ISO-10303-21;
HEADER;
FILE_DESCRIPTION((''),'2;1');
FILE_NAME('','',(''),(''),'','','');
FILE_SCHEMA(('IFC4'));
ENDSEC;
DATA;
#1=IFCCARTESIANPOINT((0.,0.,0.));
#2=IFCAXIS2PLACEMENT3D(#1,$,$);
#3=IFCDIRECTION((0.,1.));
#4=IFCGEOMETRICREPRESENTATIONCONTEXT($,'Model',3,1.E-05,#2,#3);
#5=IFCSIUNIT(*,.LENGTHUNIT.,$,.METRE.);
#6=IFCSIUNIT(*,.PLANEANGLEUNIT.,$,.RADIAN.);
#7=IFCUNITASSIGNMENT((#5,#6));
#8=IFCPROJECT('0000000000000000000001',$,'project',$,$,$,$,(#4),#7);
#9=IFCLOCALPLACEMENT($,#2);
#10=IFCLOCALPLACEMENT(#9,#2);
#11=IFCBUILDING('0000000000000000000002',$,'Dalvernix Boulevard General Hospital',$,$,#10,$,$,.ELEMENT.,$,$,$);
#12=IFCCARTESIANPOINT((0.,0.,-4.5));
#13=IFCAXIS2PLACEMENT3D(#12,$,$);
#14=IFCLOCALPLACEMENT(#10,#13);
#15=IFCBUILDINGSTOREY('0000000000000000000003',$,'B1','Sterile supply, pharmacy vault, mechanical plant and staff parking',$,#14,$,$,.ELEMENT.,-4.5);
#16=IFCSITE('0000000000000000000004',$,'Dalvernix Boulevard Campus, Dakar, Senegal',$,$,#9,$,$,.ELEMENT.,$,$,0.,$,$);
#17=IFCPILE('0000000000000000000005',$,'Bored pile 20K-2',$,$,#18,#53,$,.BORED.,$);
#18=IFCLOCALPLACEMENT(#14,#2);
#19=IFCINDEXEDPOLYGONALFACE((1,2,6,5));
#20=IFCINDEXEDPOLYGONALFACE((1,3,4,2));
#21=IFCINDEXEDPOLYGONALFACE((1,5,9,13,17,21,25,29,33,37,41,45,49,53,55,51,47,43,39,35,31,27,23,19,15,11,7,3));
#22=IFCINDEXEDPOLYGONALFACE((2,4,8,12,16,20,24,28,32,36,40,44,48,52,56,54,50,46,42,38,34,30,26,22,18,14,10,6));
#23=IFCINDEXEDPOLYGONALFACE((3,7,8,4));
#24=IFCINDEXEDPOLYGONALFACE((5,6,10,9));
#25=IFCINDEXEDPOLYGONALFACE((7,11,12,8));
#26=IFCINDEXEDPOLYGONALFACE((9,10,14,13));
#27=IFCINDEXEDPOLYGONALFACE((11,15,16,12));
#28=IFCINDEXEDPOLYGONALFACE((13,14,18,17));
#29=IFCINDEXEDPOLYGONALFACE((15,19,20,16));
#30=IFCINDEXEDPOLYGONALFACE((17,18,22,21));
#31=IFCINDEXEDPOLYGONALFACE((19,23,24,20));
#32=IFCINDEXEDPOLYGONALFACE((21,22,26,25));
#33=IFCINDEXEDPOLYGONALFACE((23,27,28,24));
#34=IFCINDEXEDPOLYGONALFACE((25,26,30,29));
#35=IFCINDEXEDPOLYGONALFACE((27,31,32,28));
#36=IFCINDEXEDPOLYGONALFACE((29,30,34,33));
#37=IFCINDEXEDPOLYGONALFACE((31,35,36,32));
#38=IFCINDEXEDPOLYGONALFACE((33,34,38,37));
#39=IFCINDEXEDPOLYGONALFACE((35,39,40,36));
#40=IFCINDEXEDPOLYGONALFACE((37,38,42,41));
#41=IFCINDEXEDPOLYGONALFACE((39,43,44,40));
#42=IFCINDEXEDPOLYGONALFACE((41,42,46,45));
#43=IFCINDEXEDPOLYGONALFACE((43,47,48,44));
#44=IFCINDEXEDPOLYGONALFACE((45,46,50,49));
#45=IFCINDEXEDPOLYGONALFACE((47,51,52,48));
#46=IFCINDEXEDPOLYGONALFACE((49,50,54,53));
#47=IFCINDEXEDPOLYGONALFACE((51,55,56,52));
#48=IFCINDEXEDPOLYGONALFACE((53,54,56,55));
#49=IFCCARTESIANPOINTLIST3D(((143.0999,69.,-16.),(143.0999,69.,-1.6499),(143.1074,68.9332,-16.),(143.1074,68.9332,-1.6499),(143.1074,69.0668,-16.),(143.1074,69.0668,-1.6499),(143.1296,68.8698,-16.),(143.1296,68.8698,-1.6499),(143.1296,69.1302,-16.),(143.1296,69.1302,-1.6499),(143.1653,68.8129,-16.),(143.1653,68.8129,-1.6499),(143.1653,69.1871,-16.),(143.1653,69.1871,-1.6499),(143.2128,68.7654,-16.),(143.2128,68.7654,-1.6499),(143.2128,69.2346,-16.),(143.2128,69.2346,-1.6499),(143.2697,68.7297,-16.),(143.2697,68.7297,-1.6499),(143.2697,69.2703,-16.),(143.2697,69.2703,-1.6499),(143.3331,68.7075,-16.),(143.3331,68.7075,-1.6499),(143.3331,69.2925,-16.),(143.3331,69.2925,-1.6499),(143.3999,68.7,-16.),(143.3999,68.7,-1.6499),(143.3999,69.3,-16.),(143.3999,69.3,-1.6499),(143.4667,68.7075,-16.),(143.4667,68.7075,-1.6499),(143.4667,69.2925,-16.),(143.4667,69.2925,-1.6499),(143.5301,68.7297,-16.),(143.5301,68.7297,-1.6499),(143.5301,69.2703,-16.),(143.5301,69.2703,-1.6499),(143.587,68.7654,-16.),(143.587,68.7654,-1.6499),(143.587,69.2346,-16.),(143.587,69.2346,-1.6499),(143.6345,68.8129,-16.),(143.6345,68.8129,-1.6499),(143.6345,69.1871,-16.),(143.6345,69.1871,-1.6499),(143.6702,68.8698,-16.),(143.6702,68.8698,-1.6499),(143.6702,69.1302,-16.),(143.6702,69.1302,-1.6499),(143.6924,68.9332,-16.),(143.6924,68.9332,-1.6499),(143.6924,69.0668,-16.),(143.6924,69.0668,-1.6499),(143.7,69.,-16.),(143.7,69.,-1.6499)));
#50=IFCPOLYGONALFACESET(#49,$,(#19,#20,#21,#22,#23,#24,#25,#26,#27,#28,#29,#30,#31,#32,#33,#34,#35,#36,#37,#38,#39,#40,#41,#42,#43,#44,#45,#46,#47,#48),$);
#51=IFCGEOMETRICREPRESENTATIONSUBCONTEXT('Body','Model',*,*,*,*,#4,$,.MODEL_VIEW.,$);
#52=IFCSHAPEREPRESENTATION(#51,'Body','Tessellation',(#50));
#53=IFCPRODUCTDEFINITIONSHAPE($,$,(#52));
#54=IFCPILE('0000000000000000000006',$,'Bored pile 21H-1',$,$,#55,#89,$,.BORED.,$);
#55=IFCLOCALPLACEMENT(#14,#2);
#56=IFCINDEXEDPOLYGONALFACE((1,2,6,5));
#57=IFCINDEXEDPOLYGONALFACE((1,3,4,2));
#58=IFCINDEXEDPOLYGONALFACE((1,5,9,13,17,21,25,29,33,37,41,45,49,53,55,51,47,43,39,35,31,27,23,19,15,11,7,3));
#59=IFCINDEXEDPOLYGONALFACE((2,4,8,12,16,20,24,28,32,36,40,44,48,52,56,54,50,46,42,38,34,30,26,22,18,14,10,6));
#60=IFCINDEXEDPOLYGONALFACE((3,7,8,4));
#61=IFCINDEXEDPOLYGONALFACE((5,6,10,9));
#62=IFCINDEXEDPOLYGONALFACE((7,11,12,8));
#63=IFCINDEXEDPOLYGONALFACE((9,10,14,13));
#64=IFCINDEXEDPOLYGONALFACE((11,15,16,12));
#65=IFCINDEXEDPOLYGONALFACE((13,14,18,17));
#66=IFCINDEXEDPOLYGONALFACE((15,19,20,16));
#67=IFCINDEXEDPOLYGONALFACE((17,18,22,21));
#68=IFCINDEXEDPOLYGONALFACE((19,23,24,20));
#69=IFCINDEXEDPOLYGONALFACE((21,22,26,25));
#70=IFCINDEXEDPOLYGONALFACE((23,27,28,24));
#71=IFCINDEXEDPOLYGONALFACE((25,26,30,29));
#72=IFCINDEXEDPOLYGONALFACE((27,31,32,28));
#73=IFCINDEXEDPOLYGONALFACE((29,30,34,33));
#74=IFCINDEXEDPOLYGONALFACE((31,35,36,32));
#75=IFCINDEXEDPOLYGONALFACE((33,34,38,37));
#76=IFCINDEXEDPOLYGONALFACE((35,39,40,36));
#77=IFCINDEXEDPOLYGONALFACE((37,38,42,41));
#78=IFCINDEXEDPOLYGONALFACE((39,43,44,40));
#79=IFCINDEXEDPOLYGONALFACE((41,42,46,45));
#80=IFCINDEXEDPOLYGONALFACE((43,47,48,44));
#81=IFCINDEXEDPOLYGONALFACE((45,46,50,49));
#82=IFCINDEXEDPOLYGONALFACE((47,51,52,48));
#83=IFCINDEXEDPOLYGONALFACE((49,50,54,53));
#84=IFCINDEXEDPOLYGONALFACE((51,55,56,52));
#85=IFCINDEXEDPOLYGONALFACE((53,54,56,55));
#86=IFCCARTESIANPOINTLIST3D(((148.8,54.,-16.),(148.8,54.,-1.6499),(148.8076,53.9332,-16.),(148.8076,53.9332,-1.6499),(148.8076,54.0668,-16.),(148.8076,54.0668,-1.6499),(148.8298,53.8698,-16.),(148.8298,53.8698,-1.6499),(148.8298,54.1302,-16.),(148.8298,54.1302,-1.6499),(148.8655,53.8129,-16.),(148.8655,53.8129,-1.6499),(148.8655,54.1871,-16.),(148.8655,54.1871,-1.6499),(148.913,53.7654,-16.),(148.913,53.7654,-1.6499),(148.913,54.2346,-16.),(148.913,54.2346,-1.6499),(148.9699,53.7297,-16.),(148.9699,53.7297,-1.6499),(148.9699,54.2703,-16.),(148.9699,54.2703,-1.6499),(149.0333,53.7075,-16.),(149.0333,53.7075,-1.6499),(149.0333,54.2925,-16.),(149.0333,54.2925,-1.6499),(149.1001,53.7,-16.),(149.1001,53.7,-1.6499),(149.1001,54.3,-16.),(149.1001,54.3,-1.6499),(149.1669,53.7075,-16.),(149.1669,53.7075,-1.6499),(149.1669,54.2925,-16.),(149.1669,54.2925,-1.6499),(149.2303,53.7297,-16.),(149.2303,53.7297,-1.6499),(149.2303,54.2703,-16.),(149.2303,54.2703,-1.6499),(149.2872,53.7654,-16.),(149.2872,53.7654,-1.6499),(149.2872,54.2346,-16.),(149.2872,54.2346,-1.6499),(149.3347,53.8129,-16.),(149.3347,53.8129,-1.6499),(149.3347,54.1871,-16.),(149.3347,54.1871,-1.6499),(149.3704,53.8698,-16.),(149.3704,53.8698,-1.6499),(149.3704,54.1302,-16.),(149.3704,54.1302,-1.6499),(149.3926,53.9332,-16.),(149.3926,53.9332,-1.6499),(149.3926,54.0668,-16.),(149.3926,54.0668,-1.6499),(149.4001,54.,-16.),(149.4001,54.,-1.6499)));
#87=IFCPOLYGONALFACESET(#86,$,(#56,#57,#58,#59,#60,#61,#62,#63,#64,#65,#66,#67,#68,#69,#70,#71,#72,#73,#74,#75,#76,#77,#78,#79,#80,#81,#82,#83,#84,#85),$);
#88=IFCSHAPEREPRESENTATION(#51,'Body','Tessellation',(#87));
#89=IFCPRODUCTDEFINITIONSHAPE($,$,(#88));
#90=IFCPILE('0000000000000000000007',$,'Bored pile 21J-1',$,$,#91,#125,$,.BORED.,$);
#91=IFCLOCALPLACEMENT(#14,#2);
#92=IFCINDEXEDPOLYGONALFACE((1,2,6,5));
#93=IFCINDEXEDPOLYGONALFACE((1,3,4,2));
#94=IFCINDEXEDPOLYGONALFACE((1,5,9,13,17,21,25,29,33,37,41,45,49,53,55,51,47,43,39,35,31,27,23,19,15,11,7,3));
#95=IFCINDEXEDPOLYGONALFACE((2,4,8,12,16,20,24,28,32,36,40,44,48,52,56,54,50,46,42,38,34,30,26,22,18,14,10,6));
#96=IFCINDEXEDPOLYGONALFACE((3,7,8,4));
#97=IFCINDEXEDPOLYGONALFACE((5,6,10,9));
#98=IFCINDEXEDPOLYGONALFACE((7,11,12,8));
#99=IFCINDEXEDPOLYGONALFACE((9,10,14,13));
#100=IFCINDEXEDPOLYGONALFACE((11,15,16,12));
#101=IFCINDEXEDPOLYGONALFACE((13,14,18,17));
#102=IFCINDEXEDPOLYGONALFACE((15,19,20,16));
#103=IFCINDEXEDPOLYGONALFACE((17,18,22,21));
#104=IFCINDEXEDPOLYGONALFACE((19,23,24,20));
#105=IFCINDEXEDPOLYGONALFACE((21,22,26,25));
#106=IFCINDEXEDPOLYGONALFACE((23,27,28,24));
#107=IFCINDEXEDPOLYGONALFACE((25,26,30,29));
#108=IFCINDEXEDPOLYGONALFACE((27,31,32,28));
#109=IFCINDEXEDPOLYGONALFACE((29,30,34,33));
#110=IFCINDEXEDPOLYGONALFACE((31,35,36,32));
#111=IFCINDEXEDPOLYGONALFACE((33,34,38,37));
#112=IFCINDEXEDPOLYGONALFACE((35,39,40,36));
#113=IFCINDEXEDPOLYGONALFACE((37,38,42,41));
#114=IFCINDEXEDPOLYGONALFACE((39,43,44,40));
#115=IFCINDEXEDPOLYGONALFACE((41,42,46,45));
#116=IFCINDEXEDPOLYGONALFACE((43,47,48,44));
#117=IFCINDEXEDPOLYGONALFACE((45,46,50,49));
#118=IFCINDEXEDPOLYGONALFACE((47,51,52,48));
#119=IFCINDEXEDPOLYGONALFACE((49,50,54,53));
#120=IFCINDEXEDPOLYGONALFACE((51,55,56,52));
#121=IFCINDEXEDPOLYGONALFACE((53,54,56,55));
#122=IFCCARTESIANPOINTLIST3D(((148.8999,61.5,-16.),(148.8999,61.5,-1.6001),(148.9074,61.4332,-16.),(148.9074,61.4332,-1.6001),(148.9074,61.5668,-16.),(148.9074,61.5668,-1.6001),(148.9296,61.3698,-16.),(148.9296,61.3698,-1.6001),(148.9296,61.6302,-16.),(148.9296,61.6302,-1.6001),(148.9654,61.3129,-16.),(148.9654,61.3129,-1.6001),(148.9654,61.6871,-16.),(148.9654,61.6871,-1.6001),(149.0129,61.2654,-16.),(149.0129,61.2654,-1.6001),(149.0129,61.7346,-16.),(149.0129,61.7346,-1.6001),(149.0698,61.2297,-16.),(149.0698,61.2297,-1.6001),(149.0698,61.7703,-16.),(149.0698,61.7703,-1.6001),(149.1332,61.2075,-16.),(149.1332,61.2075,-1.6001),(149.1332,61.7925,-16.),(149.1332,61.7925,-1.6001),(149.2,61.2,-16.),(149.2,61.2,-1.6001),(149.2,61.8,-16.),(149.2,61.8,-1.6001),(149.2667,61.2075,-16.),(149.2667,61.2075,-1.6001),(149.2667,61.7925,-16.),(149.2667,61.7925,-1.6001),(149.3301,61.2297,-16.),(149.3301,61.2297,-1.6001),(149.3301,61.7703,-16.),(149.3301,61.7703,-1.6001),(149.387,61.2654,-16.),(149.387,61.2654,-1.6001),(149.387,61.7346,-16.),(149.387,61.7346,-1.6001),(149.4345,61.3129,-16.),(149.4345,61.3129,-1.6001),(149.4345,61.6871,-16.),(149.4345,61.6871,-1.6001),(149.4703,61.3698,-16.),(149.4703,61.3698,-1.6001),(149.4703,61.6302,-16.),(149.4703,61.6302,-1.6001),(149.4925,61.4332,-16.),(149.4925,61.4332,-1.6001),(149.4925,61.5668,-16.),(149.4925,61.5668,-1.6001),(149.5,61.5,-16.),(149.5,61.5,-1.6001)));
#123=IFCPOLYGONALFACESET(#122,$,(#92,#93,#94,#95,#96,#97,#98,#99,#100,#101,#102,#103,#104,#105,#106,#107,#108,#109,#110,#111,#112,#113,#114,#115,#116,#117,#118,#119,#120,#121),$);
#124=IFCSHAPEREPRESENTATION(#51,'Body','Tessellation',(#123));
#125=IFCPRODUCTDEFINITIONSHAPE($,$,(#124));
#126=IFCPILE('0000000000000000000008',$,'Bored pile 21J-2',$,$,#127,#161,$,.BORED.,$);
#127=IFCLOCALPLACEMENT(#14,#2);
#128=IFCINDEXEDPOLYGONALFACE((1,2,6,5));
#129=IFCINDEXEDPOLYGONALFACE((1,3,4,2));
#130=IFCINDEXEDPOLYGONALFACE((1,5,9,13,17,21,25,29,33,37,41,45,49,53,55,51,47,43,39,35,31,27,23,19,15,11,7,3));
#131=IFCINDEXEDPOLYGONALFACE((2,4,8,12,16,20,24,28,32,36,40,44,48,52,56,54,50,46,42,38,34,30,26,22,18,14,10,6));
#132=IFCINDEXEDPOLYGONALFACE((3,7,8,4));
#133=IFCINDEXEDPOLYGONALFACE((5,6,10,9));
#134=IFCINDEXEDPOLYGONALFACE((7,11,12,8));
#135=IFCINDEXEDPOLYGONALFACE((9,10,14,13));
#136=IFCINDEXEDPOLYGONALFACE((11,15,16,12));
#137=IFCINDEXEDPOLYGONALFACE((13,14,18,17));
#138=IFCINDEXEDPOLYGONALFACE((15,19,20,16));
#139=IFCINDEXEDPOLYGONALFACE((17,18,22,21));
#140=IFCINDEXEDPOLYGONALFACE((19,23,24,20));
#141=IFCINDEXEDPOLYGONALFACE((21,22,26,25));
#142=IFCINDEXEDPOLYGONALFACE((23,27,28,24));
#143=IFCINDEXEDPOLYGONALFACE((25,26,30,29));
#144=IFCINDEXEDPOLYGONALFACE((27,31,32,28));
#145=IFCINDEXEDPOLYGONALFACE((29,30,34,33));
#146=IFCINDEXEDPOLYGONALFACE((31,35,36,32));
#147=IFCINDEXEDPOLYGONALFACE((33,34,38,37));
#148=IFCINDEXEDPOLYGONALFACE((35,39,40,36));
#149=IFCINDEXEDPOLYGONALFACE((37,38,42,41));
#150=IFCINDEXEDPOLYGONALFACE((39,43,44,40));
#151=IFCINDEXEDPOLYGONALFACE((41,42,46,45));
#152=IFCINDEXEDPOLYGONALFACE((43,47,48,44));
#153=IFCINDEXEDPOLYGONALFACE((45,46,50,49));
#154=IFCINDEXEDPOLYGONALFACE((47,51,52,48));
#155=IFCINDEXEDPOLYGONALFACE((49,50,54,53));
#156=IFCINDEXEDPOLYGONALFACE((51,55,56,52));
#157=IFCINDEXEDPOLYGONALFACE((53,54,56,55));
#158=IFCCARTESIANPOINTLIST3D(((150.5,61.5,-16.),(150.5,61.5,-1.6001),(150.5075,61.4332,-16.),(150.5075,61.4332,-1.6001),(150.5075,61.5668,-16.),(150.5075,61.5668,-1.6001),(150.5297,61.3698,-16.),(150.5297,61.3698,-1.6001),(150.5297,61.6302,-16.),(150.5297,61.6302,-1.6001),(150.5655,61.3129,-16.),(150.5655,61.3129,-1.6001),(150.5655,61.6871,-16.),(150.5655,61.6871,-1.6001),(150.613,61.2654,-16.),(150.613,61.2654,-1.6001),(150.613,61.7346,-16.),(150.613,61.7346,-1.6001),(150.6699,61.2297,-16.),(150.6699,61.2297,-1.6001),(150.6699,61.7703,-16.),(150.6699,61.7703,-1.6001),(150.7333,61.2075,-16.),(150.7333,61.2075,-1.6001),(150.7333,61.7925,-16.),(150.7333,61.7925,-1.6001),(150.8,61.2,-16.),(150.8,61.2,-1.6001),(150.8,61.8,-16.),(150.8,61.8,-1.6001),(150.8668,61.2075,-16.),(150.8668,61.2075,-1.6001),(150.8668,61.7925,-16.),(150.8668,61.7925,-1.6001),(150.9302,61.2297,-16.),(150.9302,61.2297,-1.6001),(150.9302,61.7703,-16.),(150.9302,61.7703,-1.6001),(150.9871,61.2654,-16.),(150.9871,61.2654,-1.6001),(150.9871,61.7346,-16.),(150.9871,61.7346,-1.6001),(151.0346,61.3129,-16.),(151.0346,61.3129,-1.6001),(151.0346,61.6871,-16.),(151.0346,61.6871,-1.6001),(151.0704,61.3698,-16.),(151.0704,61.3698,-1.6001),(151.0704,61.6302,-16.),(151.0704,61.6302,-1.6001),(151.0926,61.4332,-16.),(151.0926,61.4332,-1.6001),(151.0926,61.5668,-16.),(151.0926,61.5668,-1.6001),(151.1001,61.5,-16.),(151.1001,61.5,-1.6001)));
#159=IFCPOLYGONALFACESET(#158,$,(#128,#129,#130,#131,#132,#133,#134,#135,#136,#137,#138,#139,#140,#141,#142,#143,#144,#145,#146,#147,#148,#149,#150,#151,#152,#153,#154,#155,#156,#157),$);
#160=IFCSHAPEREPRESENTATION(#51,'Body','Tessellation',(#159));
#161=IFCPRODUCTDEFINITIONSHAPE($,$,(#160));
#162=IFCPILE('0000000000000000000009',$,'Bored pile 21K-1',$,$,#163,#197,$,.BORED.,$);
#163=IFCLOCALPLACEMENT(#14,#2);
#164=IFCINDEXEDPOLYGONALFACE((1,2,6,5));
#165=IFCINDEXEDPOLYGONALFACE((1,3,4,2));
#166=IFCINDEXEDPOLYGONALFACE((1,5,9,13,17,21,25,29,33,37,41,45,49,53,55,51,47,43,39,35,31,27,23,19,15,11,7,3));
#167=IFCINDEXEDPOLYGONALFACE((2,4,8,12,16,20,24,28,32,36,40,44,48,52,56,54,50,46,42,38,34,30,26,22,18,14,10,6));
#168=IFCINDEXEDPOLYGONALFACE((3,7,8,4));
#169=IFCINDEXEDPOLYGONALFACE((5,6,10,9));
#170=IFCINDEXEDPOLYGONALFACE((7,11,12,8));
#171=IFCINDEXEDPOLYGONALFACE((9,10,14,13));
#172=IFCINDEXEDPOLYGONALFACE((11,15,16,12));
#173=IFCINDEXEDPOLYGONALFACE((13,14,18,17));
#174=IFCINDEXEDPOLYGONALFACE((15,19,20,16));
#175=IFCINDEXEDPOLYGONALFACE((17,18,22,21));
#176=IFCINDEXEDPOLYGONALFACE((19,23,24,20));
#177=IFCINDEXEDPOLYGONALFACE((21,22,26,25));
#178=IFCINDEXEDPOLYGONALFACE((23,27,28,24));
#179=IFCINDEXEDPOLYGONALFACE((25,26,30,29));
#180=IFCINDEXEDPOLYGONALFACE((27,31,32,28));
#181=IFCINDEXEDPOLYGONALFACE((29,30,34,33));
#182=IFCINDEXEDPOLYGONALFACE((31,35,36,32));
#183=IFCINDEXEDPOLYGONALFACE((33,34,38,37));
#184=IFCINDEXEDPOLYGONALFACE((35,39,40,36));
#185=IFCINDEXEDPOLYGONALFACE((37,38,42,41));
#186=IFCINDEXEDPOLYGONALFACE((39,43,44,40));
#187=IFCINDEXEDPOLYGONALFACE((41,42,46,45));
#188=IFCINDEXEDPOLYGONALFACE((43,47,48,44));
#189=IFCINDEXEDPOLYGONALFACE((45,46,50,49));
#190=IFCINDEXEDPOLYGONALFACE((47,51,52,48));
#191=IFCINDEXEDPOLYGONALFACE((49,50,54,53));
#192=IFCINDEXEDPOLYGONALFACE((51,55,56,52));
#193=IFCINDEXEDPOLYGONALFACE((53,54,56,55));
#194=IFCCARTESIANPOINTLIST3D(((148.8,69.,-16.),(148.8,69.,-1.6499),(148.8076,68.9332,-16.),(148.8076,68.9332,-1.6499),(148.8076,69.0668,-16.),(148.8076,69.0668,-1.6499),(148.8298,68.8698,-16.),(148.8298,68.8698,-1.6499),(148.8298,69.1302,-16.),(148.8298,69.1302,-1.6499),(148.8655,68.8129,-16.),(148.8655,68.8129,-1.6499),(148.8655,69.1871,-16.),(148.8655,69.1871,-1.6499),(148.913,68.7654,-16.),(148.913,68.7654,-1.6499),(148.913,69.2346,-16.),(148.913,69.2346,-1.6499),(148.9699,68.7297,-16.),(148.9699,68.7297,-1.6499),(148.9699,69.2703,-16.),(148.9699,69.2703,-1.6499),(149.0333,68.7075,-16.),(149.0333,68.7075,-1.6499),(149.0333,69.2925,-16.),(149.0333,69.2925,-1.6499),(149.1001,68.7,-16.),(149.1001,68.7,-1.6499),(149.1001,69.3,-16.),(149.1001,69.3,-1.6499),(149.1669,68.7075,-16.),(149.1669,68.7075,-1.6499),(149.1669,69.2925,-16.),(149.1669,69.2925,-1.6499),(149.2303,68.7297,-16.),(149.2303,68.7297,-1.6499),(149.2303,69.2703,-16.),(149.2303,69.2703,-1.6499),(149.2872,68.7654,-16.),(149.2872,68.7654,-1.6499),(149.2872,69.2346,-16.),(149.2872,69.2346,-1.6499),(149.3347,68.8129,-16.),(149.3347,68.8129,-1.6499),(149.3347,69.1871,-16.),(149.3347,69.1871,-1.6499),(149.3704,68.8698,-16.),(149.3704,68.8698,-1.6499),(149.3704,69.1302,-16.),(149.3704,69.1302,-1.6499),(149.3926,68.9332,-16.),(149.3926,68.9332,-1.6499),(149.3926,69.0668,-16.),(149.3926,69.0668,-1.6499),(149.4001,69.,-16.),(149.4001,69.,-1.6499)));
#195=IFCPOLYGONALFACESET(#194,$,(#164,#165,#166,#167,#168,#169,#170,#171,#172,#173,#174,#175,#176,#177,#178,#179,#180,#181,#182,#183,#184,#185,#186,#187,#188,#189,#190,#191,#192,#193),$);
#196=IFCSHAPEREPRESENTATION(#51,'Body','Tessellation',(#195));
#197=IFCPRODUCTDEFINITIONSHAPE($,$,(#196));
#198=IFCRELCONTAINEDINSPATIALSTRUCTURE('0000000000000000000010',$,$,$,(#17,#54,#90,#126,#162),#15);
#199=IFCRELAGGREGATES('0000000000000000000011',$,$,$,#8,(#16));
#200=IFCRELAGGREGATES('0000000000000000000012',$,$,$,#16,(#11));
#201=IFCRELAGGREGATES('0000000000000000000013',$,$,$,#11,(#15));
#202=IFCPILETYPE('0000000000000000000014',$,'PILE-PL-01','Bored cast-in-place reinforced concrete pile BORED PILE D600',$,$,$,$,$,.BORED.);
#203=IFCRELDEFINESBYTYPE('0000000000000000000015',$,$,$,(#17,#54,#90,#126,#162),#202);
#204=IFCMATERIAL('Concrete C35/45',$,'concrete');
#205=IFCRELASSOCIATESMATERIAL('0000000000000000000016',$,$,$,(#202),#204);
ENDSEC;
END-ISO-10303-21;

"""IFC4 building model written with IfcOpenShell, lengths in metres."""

from ifc_helpers import new_model, si_unit, direction, frame, origin, origin_2d, place, context, subcontext, project, spatial, circle, extrude, material, material_profile, profile_set, type_object, element, save


model = new_model("IFC4")

# Units and contexts
model_context = context("Model", 3, precision=1e-05, world=origin(), true_north=direction((0.0, 1.0)))
body_context = subcontext(model_context, "Body", "Model", "MODEL_VIEW")
ifc_project = project(units=[si_unit("LENGTHUNIT", "METRE"), si_unit("PLANEANGLEUNIT", "RADIAN")], contexts=[model_context])

# Site, building, storey
site_placement = place(None, origin())
site = spatial("IfcSite", under=ifc_project, at=site_placement, Name="Dalvernix Boulevard Campus, Dakar, Senegal", CompositionType="ELEMENT", RefElevation=0.0)
building_placement = place(site_placement, origin())
building = spatial("IfcBuilding", under=site, at=building_placement, Name="Dalvernix Boulevard General Hospital", CompositionType="ELEMENT")
storey_placement = place(building_placement, frame((0.0, 0.0, -4.5)))
storey = spatial("IfcBuildingStorey", under=building, at=storey_placement, Name="B1", Description="Sterile supply, pharmacy vault, mechanical plant and staff parking", CompositionType="ELEMENT", Elevation=-4.5)

# Shared definitions
ifc_material_1 = material(Name="Concrete C35/45", Category="concrete")

# Piles
ifc_material_profile_1 = material_profile(ifc_material_1, circle(Radius=0.3, at=origin_2d()), Name="BORED PILE D600")
ifc_profile_set_1 = profile_set([ifc_material_profile_1], Name="Concrete C35/45")
pile_type_1 = type_object("IfcPileType", Name="PILE-PL-01", Description="Bored cast-in-place reinforced concrete pile BORED PILE D600", PredefinedType="BORED", material=ifc_profile_set_1)
for number, where, z_axis, x_axis, name in (
    (1, (143.3999, 69.0, -1.6499), (0.0, 0.0, -1.0), (1.0, 0.0, 0.0), "Bored pile 20K-2"),
    (2, (149.1001, 54.0, -1.6499), (0.0, 0.0, -1.0), (1.0, 0.0, 0.0), "Bored pile 21H-1"),
):
    element("IfcPile", number, at=place(storey_placement, frame(where, z_axis=z_axis, x_axis=x_axis)), inside=storey, type_object=pile_type_1, Name=name, PredefinedType="BORED", context=body_context, shape_type="SweptSolid", body=[
        extrude(circle(Radius=0.3, at=origin_2d()), origin(), (0.0, 0.0, 1.0), 14.3501),
    ])
for number, where, z_axis, x_axis, name in (
    (3, (149.2, 61.5, -1.6001), (0.0, 0.0, -1.0), (1.0, 0.0, 0.0), "Bored pile 21J-1"),
    (4, (150.8, 61.5, -1.6001), (0.0, 0.0, -1.0), (1.0, 0.0, 0.0), "Bored pile 21J-2"),
):
    element("IfcPile", number, at=place(storey_placement, frame(where, z_axis=z_axis, x_axis=x_axis)), inside=storey, type_object=pile_type_1, Name=name, PredefinedType="BORED", context=body_context, shape_type="SweptSolid", body=[
        extrude(circle(Radius=0.3, at=origin_2d()), origin(), (0.0, 0.0, 1.0), 14.3999),
    ])
pile_1_placement = place(storey_placement, frame((149.1001, 69.0, -1.6499), z_axis=(0.0, 0.0, -1.0), x_axis=(1.0, 0.0, 0.0)))
element("IfcPile", 5, at=pile_1_placement, inside=storey, type_object=pile_type_1, Name="Bored pile 21K-1", PredefinedType="BORED", context=body_context, shape_type="SweptSolid", body=[
    extrude(circle(Radius=0.3, at=origin_2d()), origin(), (0.0, 0.0, 1.0), 14.3501),
])

save(model, "model.ifc")
